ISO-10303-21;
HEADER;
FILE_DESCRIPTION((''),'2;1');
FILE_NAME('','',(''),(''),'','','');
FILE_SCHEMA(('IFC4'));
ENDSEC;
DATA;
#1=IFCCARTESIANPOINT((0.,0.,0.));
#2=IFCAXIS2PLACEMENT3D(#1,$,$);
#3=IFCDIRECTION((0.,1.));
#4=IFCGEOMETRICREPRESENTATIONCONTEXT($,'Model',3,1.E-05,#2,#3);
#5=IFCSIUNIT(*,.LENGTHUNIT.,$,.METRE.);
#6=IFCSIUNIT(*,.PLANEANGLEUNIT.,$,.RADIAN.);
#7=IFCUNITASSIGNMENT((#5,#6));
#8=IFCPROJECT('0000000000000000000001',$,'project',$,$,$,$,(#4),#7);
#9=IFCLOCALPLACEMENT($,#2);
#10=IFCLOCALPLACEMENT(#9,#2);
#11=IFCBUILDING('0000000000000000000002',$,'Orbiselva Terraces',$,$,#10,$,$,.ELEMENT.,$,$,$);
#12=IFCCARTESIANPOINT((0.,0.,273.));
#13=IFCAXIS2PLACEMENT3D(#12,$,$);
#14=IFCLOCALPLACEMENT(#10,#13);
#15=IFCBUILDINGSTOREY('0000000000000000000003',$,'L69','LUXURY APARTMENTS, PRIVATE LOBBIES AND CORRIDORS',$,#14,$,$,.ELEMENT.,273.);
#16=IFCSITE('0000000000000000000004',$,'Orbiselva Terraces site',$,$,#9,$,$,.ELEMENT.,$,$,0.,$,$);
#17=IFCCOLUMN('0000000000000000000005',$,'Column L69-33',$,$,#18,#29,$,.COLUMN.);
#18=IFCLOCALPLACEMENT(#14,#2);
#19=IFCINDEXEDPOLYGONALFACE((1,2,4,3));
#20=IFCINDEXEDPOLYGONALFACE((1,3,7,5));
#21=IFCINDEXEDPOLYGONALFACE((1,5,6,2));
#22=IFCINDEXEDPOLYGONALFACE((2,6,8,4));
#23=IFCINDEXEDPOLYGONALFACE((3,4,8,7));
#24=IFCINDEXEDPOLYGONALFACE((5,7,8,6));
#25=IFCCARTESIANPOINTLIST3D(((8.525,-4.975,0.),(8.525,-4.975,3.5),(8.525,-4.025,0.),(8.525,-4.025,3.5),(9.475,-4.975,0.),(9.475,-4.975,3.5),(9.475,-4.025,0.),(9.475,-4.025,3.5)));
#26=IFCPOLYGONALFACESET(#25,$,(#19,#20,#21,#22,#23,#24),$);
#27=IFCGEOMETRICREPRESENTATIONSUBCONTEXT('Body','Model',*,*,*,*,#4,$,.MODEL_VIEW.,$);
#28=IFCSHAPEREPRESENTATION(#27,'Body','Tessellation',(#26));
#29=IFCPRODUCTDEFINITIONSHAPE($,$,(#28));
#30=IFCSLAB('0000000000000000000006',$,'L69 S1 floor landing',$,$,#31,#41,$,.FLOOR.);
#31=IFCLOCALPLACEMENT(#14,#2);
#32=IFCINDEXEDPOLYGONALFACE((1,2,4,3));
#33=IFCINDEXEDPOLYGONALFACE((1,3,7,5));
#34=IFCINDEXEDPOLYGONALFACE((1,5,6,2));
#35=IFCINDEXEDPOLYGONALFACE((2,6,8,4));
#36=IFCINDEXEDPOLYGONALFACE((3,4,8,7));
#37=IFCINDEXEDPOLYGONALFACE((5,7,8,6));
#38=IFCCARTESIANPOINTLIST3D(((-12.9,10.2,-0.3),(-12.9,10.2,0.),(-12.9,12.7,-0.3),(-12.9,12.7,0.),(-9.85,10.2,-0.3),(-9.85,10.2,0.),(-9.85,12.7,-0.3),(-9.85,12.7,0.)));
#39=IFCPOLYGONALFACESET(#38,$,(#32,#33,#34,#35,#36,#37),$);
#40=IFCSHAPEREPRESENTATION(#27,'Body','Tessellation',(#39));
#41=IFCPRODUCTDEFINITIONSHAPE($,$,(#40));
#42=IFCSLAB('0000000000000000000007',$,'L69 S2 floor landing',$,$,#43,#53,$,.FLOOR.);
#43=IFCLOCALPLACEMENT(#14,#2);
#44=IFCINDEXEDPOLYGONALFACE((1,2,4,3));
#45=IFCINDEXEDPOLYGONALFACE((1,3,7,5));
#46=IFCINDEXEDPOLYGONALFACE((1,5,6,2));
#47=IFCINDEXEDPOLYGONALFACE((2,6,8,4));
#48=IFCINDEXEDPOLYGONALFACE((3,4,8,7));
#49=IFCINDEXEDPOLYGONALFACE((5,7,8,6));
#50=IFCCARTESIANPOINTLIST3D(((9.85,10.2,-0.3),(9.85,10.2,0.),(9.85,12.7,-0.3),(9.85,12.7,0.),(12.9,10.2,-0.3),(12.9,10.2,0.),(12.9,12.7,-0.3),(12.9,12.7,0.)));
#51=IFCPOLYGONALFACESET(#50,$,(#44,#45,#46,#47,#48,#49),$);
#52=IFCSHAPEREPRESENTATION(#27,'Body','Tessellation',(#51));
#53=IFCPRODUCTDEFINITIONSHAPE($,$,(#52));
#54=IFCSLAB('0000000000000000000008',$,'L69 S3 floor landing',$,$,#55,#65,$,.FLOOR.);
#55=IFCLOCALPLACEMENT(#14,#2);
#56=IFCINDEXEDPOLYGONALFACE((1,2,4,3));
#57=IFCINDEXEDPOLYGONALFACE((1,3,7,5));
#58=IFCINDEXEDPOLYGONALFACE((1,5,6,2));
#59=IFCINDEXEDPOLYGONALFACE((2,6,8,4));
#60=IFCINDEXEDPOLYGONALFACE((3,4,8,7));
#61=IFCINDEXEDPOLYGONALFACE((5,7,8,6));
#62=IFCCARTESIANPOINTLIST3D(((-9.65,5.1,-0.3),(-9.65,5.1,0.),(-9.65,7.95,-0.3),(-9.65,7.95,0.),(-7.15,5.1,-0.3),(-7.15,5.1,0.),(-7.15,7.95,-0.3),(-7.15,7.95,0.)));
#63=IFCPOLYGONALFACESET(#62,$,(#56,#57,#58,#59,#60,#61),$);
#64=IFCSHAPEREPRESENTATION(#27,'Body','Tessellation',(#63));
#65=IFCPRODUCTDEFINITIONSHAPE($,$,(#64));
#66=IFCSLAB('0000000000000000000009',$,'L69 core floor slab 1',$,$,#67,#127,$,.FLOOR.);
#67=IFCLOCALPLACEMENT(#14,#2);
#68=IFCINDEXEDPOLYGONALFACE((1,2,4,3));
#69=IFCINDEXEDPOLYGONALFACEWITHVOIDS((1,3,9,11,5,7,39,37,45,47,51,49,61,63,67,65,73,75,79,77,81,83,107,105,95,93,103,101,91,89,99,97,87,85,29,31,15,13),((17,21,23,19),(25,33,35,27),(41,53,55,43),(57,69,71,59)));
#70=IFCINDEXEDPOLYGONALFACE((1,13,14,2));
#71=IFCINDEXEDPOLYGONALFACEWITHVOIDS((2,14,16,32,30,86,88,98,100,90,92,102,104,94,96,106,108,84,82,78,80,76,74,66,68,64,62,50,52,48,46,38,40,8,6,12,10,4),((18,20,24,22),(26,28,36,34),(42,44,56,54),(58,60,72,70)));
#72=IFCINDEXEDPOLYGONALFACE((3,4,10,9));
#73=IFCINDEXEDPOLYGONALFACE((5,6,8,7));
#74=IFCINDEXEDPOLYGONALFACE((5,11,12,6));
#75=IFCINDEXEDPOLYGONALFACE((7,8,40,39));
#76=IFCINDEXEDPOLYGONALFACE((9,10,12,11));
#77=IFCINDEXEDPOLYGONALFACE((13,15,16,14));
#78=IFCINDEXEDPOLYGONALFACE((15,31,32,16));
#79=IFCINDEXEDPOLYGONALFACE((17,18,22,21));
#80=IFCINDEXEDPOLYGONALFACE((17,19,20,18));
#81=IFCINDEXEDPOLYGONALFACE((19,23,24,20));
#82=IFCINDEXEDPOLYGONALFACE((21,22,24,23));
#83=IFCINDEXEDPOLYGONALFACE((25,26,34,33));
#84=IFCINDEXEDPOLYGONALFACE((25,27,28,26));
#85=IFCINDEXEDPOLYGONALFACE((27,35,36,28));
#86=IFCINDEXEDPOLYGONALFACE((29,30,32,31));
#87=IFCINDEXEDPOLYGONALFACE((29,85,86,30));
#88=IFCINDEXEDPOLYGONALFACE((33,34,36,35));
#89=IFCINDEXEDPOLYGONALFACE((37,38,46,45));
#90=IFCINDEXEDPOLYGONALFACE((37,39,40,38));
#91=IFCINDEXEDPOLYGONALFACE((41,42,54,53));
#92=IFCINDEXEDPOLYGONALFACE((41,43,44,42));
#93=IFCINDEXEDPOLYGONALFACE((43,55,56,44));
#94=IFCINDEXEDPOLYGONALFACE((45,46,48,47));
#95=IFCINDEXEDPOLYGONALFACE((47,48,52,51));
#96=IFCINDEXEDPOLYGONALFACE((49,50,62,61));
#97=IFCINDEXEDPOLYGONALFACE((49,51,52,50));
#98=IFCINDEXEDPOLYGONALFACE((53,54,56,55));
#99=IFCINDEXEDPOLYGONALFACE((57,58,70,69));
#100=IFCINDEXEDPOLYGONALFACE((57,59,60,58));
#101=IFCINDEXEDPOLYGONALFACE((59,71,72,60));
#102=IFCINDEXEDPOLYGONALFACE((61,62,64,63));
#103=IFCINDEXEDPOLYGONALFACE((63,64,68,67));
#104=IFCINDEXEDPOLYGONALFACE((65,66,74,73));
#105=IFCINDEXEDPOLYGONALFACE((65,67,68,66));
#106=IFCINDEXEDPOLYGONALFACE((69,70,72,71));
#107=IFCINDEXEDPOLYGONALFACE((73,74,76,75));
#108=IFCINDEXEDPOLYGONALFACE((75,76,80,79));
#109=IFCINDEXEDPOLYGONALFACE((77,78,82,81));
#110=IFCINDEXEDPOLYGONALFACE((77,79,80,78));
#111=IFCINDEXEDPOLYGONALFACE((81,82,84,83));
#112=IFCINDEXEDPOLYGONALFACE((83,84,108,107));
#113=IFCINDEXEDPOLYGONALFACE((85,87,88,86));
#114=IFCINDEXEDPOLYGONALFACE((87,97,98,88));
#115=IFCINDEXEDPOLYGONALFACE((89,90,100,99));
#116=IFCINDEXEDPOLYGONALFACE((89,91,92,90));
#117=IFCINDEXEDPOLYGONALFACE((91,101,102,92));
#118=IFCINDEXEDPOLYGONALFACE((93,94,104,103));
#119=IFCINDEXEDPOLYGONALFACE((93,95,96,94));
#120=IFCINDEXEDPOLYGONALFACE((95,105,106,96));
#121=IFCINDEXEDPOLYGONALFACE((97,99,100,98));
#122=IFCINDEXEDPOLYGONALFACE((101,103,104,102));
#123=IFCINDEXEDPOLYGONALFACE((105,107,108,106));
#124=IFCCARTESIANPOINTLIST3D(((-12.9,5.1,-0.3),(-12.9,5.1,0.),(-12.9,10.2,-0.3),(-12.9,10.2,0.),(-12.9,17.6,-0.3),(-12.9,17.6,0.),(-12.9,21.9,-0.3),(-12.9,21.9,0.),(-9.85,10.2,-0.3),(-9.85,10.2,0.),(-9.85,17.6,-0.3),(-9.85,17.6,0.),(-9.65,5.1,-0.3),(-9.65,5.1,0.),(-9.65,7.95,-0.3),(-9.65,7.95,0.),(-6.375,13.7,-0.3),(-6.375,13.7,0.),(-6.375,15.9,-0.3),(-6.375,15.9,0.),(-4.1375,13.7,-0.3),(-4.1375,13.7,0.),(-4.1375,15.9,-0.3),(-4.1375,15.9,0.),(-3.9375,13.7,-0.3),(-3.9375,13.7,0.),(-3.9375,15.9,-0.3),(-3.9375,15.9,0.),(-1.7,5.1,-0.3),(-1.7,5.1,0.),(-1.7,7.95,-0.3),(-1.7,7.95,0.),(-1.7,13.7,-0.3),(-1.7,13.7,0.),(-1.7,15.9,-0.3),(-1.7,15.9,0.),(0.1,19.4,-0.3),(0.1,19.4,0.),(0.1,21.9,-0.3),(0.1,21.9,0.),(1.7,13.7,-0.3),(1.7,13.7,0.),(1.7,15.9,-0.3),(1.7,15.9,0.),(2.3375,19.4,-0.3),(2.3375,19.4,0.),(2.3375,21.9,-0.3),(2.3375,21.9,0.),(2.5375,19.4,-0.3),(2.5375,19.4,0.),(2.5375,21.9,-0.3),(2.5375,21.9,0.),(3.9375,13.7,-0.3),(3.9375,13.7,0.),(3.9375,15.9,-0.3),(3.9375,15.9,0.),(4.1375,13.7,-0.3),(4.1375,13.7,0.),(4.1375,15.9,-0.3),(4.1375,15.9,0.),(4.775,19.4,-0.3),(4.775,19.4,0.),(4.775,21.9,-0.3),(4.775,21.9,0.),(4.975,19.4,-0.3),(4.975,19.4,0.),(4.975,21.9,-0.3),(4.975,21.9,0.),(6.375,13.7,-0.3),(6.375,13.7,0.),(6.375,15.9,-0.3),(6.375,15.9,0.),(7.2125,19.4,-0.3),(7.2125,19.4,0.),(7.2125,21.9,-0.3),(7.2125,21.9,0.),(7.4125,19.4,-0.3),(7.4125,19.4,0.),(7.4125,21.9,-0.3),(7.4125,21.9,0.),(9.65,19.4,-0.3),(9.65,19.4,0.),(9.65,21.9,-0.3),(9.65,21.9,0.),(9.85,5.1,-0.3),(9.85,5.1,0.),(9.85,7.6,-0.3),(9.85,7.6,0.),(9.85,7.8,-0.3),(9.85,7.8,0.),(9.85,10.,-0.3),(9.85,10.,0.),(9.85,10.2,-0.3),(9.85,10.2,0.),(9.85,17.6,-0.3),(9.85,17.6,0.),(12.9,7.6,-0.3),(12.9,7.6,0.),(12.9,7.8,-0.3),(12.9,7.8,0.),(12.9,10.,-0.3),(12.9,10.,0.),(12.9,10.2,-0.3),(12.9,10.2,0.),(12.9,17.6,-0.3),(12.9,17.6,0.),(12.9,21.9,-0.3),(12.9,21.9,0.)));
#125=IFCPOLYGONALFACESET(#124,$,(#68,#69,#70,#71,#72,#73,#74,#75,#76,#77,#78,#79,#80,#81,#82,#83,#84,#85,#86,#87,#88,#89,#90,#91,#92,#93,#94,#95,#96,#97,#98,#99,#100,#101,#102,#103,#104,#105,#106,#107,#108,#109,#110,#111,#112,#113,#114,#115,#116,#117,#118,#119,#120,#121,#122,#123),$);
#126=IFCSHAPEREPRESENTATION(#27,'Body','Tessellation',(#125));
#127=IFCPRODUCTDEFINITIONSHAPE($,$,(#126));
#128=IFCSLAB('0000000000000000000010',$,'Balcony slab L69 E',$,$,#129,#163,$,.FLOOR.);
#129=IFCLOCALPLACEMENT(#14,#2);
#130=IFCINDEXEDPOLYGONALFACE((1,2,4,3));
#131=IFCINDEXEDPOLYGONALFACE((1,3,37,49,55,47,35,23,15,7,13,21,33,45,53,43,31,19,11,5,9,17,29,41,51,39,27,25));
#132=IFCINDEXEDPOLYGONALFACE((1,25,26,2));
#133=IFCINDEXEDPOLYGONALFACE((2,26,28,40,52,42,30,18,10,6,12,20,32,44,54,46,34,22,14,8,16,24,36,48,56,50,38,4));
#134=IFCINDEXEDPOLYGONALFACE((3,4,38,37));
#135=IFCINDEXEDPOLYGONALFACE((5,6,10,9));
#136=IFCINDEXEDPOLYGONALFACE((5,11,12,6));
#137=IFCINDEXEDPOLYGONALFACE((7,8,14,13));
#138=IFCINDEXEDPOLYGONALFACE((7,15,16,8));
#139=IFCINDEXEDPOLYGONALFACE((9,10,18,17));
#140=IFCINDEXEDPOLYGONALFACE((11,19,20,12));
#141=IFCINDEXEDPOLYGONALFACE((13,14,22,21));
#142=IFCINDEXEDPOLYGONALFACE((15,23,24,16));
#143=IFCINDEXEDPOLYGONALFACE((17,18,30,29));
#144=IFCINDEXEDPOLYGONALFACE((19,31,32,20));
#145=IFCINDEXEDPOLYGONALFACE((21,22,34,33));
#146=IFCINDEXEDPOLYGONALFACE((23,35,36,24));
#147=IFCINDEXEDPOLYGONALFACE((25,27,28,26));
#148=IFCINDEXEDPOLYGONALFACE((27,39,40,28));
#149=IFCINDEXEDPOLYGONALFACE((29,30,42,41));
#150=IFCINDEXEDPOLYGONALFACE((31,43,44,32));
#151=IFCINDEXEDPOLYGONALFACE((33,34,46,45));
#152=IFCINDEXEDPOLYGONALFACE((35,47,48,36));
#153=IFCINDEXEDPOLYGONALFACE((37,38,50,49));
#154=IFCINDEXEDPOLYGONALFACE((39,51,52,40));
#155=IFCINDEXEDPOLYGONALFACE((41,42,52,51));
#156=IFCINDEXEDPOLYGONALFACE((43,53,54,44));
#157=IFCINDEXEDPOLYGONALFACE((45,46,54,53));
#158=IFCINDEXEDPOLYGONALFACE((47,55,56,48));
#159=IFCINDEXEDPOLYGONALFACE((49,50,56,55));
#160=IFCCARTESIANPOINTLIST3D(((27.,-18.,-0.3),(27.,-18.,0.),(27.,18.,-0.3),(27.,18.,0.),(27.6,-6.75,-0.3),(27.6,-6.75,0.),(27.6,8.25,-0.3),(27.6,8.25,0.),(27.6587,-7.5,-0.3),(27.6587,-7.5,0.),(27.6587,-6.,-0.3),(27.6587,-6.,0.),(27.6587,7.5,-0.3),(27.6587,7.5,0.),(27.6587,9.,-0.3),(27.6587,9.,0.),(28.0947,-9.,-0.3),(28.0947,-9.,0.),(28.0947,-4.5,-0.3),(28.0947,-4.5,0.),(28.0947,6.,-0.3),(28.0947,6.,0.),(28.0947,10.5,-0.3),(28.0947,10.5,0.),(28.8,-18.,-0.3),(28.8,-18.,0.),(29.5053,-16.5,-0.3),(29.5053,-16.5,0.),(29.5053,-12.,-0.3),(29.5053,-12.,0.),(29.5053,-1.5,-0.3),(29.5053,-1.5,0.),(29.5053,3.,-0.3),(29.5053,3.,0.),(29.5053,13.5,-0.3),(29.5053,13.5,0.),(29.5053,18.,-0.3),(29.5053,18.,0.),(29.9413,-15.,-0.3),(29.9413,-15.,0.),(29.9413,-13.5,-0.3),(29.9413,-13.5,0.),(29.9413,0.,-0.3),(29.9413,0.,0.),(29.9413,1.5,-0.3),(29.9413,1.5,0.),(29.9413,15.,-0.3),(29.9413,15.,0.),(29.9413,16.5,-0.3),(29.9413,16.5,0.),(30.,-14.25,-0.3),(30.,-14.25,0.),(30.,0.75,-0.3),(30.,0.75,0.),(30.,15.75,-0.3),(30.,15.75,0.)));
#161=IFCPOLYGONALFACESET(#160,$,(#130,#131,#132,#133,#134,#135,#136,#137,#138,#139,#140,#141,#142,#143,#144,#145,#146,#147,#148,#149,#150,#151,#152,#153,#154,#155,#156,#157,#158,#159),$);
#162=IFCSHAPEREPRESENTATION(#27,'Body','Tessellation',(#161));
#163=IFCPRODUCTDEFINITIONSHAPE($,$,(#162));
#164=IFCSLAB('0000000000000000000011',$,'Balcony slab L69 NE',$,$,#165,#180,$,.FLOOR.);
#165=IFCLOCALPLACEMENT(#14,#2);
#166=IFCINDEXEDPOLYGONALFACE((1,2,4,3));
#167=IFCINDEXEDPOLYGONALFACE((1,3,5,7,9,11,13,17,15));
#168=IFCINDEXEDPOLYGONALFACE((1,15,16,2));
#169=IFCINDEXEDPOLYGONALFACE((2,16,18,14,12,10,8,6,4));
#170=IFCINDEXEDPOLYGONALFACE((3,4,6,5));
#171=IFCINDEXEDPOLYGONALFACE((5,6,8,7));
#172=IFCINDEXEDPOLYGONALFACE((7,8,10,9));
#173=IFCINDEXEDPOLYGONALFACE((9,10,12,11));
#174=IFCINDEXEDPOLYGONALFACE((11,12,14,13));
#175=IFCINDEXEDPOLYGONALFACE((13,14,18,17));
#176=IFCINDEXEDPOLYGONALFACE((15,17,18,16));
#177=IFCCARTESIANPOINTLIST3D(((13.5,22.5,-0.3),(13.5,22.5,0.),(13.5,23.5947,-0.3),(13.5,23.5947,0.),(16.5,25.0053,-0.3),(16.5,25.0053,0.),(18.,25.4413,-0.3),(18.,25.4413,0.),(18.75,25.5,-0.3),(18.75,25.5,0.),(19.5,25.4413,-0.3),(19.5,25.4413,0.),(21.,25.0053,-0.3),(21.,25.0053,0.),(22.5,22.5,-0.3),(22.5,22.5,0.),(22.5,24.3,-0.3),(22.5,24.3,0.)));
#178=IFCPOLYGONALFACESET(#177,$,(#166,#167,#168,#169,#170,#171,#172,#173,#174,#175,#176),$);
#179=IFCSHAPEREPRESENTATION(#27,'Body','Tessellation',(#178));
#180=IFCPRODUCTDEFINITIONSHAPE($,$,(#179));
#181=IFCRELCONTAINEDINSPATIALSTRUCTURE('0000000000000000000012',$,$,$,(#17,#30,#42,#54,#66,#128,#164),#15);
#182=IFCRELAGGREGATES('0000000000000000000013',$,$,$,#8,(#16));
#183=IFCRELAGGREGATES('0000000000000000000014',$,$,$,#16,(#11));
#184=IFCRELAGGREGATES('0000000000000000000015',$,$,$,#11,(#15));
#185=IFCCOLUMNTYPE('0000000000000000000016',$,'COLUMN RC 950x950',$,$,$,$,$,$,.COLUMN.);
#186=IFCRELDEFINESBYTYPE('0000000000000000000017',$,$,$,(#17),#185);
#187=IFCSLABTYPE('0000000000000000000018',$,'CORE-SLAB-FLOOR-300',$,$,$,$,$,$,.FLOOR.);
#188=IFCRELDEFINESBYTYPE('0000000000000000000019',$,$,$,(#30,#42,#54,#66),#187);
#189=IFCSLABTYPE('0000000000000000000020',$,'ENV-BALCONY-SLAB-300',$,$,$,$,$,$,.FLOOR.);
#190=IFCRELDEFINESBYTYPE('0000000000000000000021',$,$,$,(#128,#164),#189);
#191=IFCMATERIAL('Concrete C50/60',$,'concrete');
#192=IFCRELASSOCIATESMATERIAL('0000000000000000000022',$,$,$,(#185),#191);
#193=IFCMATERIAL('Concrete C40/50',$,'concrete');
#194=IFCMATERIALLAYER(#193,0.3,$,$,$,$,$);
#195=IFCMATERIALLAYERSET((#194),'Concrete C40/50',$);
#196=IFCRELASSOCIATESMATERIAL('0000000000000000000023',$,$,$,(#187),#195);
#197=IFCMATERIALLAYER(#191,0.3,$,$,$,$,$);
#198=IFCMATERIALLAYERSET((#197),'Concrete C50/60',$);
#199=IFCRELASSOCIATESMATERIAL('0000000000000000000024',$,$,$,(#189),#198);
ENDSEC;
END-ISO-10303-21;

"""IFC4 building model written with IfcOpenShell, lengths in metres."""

from ifc_helpers import new_model, si_unit, direction, frame, origin, origin_2d, place, context, subcontext, project, spatial, polyline, rectangle, outline, extrude, material, layer, layer_set, material_profile, profile_set, type_object, element, save


model = new_model("IFC4")

# Units and contexts
model_context = context("Model", 3, precision=1e-05, world=origin(), true_north=direction((0.0, 1.0)))
body_context = subcontext(model_context, "Body", "Model", "MODEL_VIEW")
ifc_project = project(units=[si_unit("LENGTHUNIT", "METRE"), si_unit("PLANEANGLEUNIT", "RADIAN")], contexts=[model_context])

# Site, building, storey
site_placement = place(None, origin())
site = spatial("IfcSite", under=ifc_project, at=site_placement, Name="Orbiselva Terraces site", CompositionType="ELEMENT", RefElevation=0.0)
building_placement = place(site_placement, origin())
building = spatial("IfcBuilding", under=site, at=building_placement, Name="Orbiselva Terraces", CompositionType="ELEMENT")
storey_placement = place(building_placement, frame((0.0, 0.0, 273.0)))
storey = spatial("IfcBuildingStorey", under=building, at=storey_placement, Name="L69", Description="LUXURY APARTMENTS, PRIVATE LOBBIES AND CORRIDORS", CompositionType="ELEMENT", Elevation=273.0)

# Column
ifc_material_1 = material(Name="Concrete C50/60", Category="concrete")
ifc_material_profile = material_profile(ifc_material_1, rectangle(XDim=0.95, YDim=0.95, at=origin_2d()), Name="RC 950x950")
ifc_profile_set = profile_set([ifc_material_profile], Name="Concrete C50/60")
column_type = type_object("IfcColumnType", Name="COLUMN RC 950x950", PredefinedType="COLUMN", material=ifc_profile_set)
column_placement = place(storey_placement, frame((9.0, -4.5, 0.0), z_axis=(0.0, 0.0, 1.0), x_axis=(1.0, 0.0, 0.0)))
element("IfcColumn", 1, at=column_placement, inside=storey, type_object=column_type, Name="Column L69-33", PredefinedType="COLUMN", context=body_context, shape_type="SweptSolid", body=[
    extrude(rectangle(XDim=0.95, YDim=0.95, at=origin_2d()), origin(), (0.0, 0.0, 1.0), 3.5),
])

# Slabs
ifc_material_2 = material(Name="Concrete C40/50", Category="concrete")
ifc_layer_1 = layer(ifc_material_2, 0.3)
ifc_layer_set_1 = layer_set([ifc_layer_1], Name="Concrete C40/50")
slab_type_1 = type_object("IfcSlabType", Name="CORE-SLAB-FLOOR-300", PredefinedType="FLOOR", material=ifc_layer_set_1)
slab_1_placement = place(storey_placement, frame((0.0, 0.0, -0.3)))
element("IfcSlab", 2, at=slab_1_placement, inside=storey, type_object=slab_type_1, Name="L69 S1 floor landing", PredefinedType="FLOOR", context=body_context, shape_type="SweptSolid", body=[
    extrude(outline(polyline([(-12.9, 12.7), (-9.85, 12.7), (-9.85, 10.2), (-12.9, 10.2), (-12.9, 12.7)])), origin(), (0.0, 0.0, 1.0), 0.3),
])
slab_2_placement = place(storey_placement, frame((0.0, 0.0, -0.3)))
element("IfcSlab", 3, at=slab_2_placement, inside=storey, type_object=slab_type_1, Name="L69 S2 floor landing", PredefinedType="FLOOR", context=body_context, shape_type="SweptSolid", body=[
    extrude(outline(polyline([(12.9, 12.7), (12.9, 10.2), (9.85, 10.2), (9.85, 12.7), (12.9, 12.7)])), origin(), (0.0, 0.0, 1.0), 0.3),
])
slab_3_placement = place(storey_placement, frame((0.0, 0.0, -0.3)))
element("IfcSlab", 4, at=slab_3_placement, inside=storey, type_object=slab_type_1, Name="L69 S3 floor landing", PredefinedType="FLOOR", context=body_context, shape_type="SweptSolid", body=[
    extrude(outline(polyline([(-7.15, 5.1), (-9.65, 5.1), (-9.65, 7.95), (-7.15, 7.95), (-7.15, 5.1)])), origin(), (0.0, 0.0, 1.0), 0.3),
])
slab_4_placement = place(storey_placement, frame((0.0, 0.0, -0.3)))
element("IfcSlab", 5, at=slab_4_placement, inside=storey, type_object=slab_type_1, Name="L69 core floor slab 1", PredefinedType="FLOOR", context=body_context, shape_type="SweptSolid", body=[
    extrude(outline(polyline([(-1.7, 5.1), (-1.7, 7.95), (-9.65, 7.95), (-9.65, 5.1), (-12.9, 5.1), (-12.9, 10.2), (-9.85, 10.2), (-9.85, 17.6), (-12.9, 17.6), (-12.9, 21.9), (0.1, 21.9), (0.1, 19.4), (2.3375, 19.4), (2.3375, 21.9), (2.5375, 21.9), (2.5375, 19.4), (4.775, 19.4), (4.775, 21.9), (4.975, 21.9), (4.975, 19.4), (7.2125, 19.4), (7.2125, 21.9), (7.4125, 21.9), (7.4125, 19.4), (9.65, 19.4), (9.65, 21.9), (12.9, 21.9), (12.9, 17.6), (9.85, 17.6), (9.85, 10.2), (12.9, 10.2), (12.9, 10.0), (9.85, 10.0), (9.85, 7.8), (12.9, 7.8), (12.9, 7.6), (9.85, 7.6), (9.85, 5.1), (-1.7, 5.1)]), holes=[polyline([(-4.1375, 13.7), (-4.1375, 15.9), (-6.375, 15.9), (-6.375, 13.7), (-4.1375, 13.7)]), polyline([(-1.7, 13.7), (-1.7, 15.9), (-3.9375, 15.9), (-3.9375, 13.7), (-1.7, 13.7)]), polyline([(3.9375, 15.9), (1.7, 15.9), (1.7, 13.7), (3.9375, 13.7), (3.9375, 15.9)]), polyline([(6.375, 13.7), (6.375, 15.9), (4.1375, 15.9), (4.1375, 13.7), (6.375, 13.7)])]), origin(), (0.0, 0.0, 1.0), 0.3),
])
ifc_layer_2 = layer(ifc_material_1, 0.3)
ifc_layer_set_2 = layer_set([ifc_layer_2], Name="Concrete C50/60")
slab_type_2 = type_object("IfcSlabType", Name="ENV-BALCONY-SLAB-300", PredefinedType="FLOOR", material=ifc_layer_set_2)
slab_5_placement = place(storey_placement, frame((0.0, 0.0, -0.3)))
element("IfcSlab", 6, at=slab_5_placement, inside=storey, type_object=slab_type_2, Name="Balcony slab L69 E", PredefinedType="FLOOR", context=body_context, shape_type="SweptSolid", body=[
    extrude(outline(polyline([(28.8, -18.0), (29.5053, -16.5), (29.9413, -15.0), (30.0, -14.25), (29.9413, -13.5), (29.5053, -12.0), (28.0947, -9.0), (27.6587, -7.5), (27.6, -6.75), (27.6587, -6.0), (28.0947, -4.5), (29.5053, -1.5), (29.9413, 0.0), (30.0, 0.75), (29.9413, 1.5), (29.5053, 3.0), (28.0947, 6.0), (27.6587, 7.5), (27.6, 8.25), (27.6587, 9.0), (28.0947, 10.5), (29.5053, 13.5), (29.9413, 15.0), (30.0, 15.75), (29.9413, 16.5), (29.5053, 18.0), (27.0, 18.0), (27.0, -18.0), (28.8, -18.0)])), origin(), (0.0, 0.0, 1.0), 0.3),
])
slab_6_placement = place(storey_placement, frame((0.0, 0.0, -0.3)))
element("IfcSlab", 7, at=slab_6_placement, inside=storey, type_object=slab_type_2, Name="Balcony slab L69 NE", PredefinedType="FLOOR", context=body_context, shape_type="SweptSolid", body=[
    extrude(outline(polyline([(22.5, 24.3), (21.0, 25.0053), (19.5, 25.4413), (18.75, 25.5), (18.0, 25.4413), (16.5, 25.0053), (13.5, 23.5947), (13.5, 22.5), (22.5, 22.5), (22.5, 24.3)])), origin(), (0.0, 0.0, 1.0), 0.3),
])

save(model, "model.ifc")
